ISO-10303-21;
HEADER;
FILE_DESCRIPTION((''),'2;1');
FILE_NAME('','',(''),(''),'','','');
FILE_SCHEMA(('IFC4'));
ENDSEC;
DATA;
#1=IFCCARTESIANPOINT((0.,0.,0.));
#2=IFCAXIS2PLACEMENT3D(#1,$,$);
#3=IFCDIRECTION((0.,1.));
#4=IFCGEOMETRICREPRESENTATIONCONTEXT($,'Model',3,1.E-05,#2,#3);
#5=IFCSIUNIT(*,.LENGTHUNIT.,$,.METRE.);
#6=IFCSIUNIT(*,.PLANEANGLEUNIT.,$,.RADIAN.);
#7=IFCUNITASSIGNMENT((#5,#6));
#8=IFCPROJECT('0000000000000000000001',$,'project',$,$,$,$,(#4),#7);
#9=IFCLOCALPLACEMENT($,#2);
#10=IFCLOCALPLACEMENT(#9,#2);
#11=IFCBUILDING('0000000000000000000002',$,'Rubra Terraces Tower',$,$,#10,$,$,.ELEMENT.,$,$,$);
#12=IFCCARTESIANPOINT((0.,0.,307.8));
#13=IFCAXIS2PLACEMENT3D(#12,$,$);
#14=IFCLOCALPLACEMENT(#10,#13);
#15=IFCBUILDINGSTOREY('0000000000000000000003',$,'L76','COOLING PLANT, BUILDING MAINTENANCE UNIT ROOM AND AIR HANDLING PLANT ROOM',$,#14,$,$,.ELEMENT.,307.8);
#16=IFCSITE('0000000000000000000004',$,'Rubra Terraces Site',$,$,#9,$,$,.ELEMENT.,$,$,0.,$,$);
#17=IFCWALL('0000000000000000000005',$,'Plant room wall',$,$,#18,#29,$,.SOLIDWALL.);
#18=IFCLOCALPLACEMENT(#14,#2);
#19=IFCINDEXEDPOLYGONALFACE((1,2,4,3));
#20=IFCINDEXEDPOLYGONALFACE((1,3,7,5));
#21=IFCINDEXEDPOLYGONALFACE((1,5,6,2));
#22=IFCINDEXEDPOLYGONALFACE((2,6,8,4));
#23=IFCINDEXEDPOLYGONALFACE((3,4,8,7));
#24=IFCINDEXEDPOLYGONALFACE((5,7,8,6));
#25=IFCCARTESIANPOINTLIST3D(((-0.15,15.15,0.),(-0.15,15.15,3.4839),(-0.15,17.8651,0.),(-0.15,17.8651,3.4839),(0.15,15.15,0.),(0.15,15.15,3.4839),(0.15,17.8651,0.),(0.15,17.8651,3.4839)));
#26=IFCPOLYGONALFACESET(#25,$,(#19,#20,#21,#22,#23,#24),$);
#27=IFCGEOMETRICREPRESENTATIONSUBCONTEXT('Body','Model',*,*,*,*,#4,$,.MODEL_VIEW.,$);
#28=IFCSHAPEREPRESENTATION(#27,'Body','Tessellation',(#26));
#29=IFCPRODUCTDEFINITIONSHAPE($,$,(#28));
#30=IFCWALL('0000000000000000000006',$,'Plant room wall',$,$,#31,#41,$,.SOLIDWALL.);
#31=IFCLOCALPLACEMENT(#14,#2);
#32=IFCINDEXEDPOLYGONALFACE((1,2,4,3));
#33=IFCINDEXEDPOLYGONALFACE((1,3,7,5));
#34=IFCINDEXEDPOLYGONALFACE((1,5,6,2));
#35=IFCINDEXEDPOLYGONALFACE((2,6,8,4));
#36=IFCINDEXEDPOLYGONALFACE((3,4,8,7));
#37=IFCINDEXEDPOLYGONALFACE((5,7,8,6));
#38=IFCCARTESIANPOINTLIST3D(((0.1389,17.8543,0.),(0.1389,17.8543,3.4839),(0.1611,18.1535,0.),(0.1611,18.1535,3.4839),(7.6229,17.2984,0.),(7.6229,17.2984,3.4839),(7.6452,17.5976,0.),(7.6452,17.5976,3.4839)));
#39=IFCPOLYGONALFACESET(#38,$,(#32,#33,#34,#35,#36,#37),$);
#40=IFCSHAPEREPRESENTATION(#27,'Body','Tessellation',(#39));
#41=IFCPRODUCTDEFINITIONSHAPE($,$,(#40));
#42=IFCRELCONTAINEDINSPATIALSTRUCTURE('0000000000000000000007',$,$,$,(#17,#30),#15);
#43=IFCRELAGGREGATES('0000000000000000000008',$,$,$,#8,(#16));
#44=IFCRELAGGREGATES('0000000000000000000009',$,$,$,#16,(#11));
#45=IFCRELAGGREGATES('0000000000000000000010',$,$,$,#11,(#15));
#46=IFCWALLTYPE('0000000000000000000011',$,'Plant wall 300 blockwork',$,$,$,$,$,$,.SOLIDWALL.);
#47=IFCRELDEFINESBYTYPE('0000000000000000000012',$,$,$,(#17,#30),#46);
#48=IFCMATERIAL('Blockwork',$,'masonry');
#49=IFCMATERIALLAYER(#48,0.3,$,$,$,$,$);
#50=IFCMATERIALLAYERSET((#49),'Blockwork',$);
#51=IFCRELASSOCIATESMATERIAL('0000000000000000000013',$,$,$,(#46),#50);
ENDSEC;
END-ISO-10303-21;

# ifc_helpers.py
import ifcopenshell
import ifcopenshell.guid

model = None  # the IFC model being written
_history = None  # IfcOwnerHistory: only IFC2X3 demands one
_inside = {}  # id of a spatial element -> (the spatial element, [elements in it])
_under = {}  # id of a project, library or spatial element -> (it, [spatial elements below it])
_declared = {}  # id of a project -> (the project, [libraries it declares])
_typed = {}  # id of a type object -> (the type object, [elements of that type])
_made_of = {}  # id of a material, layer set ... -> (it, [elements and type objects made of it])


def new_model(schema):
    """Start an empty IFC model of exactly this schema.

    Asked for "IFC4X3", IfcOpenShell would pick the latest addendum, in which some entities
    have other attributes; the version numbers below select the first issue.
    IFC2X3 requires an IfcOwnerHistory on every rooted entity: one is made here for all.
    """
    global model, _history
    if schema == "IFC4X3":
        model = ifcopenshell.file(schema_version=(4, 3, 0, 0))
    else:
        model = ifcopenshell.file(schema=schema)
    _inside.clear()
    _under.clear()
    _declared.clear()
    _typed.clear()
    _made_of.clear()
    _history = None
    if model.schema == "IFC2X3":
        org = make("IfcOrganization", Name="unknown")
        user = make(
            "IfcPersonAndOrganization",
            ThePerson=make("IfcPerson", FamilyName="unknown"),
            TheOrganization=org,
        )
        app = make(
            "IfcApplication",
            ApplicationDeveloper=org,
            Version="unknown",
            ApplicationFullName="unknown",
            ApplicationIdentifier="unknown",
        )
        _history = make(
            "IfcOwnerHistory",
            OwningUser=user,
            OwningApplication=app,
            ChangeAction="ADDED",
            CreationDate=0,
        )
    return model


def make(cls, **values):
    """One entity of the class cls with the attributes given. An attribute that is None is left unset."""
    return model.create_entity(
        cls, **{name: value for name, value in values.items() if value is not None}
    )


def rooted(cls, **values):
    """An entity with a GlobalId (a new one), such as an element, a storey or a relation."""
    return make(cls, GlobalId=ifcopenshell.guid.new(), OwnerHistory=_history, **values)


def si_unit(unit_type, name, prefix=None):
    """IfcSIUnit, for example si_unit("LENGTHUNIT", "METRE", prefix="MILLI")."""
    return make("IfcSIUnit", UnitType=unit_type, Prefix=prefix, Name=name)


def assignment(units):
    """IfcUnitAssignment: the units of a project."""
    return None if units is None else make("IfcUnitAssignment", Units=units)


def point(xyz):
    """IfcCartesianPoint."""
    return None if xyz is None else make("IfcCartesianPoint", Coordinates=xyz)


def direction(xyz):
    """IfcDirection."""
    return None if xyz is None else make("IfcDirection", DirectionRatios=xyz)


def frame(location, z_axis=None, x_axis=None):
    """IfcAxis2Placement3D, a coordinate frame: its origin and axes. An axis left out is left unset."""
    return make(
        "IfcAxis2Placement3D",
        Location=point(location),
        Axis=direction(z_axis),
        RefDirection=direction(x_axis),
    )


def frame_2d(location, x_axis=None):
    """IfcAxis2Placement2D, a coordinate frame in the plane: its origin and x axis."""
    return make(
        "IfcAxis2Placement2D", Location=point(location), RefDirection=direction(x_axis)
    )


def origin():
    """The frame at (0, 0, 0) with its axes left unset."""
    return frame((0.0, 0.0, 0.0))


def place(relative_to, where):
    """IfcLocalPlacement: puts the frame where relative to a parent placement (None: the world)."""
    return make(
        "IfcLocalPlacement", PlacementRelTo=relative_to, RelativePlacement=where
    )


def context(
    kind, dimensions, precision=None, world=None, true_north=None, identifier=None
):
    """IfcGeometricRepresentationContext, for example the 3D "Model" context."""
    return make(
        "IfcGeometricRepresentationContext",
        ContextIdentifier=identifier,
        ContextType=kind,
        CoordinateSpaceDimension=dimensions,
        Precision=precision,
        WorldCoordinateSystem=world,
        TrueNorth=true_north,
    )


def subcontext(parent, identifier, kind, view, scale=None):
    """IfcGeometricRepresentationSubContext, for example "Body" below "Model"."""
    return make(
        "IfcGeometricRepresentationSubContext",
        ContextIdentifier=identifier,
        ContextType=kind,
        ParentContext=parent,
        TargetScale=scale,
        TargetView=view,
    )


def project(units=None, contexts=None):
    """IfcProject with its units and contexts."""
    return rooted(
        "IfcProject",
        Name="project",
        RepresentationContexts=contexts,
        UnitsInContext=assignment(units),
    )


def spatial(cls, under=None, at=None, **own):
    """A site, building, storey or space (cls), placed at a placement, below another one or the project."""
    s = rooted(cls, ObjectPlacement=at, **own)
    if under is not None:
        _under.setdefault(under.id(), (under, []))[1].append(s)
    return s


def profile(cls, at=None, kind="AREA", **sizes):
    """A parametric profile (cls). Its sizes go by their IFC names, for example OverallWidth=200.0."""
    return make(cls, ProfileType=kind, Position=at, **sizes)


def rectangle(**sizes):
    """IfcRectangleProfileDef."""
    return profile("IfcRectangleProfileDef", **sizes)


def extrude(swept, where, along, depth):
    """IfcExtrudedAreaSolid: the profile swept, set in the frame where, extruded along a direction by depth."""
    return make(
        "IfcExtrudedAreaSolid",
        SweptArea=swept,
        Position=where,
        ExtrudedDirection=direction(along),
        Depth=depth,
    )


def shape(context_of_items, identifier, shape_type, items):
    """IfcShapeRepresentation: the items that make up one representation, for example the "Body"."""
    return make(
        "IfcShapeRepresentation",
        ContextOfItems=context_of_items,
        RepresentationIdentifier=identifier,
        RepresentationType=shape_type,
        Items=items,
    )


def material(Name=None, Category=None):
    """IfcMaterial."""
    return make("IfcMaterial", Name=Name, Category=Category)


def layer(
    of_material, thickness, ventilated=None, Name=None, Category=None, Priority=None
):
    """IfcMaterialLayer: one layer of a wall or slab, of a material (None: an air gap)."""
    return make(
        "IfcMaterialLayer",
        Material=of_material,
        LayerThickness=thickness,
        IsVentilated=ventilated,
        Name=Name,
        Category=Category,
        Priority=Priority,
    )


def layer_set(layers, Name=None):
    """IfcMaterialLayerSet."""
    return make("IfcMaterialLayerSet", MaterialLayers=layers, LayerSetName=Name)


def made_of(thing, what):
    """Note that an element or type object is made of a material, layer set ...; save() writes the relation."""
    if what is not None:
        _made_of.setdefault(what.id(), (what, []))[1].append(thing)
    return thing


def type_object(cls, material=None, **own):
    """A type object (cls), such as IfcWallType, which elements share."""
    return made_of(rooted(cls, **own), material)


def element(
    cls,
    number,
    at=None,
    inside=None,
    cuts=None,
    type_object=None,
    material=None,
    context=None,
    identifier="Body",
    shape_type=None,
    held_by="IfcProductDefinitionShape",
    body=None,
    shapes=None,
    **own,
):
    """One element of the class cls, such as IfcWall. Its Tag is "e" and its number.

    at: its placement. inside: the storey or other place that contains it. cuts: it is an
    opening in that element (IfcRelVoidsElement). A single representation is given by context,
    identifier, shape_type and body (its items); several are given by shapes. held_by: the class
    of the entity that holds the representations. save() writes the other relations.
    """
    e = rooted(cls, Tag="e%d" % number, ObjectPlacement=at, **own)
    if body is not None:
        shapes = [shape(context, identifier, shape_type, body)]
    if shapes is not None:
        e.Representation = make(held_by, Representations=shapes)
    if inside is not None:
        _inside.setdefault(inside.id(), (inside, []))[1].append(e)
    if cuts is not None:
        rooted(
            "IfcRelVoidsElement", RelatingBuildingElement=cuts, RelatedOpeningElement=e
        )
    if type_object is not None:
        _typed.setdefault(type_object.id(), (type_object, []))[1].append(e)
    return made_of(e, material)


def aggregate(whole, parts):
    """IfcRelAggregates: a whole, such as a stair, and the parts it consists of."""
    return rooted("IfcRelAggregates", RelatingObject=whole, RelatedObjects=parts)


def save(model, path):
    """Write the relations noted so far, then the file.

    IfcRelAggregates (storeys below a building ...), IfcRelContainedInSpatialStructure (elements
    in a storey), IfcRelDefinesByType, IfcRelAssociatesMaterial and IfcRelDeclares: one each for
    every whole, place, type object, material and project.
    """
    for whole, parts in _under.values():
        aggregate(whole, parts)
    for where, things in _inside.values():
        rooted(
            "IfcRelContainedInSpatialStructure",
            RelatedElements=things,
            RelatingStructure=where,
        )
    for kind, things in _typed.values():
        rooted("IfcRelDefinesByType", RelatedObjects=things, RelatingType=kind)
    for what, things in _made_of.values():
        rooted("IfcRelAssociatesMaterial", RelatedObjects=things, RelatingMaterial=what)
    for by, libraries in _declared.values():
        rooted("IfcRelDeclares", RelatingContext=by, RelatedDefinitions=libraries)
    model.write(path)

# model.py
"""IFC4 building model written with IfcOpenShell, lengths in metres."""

from ifc_helpers import new_model, si_unit, direction, frame, frame_2d, origin, place, context, subcontext, project, spatial, rectangle, extrude, material, layer, layer_set, type_object, element, save


model = new_model("IFC4")

# Units and contexts
model_context = context("Model", 3, precision=1e-05, world=origin(), true_north=direction((0.0, 1.0)))
body_context = subcontext(model_context, "Body", "Model", "MODEL_VIEW")
ifc_project = project(units=[si_unit("LENGTHUNIT", "METRE"), si_unit("PLANEANGLEUNIT", "RADIAN")], contexts=[model_context])

# Site, building, storey
site_placement = place(None, origin())
site = spatial("IfcSite", under=ifc_project, at=site_placement, Name="Rubra Terraces Site", CompositionType="ELEMENT", RefElevation=0.0)
building_placement = place(site_placement, origin())
building = spatial("IfcBuilding", under=site, at=building_placement, Name="Rubra Terraces Tower", CompositionType="ELEMENT")
storey_placement = place(building_placement, frame((0.0, 0.0, 307.8)))
storey = spatial("IfcBuildingStorey", under=building, at=storey_placement, Name="L76", Description="COOLING PLANT, BUILDING MAINTENANCE UNIT ROOM AND AIR HANDLING PLANT ROOM", CompositionType="ELEMENT", Elevation=307.8)

# Walls
ifc_material_1 = material(Name="Blockwork", Category="masonry")
ifc_layer_1 = layer(ifc_material_1, 0.3)
ifc_layer_set_1 = layer_set([ifc_layer_1], Name="Blockwork")
wall_type = type_object("IfcWallType", Name="Plant wall 300 blockwork", PredefinedType="SOLIDWALL", material=ifc_layer_set_1)
wall_1_placement = place(storey_placement, frame((0.0, 17.865, 0.0), z_axis=(0.0, 0.0, 1.0), x_axis=(0.0, -1.0, 0.0)))
element("IfcWall", 1, at=wall_1_placement, inside=storey, type_object=wall_type, Name="Plant room wall", PredefinedType="SOLIDWALL", context=body_context, shape_type="SweptSolid", body=[
    extrude(rectangle(XDim=2.7151, YDim=0.3, at=frame_2d((1.3574, 0.0))), origin(), (0.0, 0.0, 1.0), 3.4839),
])
wall_2_placement = place(storey_placement, frame((0.1499, 18.0039, 0.0), z_axis=(0.0, 0.0, 1.0), x_axis=(0.997253, -0.074074, 0.0)))
element("IfcWall", 2, at=wall_2_placement, inside=storey, type_object=wall_type, Name="Plant room wall", PredefinedType="SOLIDWALL", context=body_context, shape_type="SweptSolid", body=[
    extrude(rectangle(XDim=7.5046, YDim=0.3, at=frame_2d((3.7524, 0.0))), origin(), (0.0, 0.0, 1.0), 3.4839),
])

save(model, "model.ifc")
